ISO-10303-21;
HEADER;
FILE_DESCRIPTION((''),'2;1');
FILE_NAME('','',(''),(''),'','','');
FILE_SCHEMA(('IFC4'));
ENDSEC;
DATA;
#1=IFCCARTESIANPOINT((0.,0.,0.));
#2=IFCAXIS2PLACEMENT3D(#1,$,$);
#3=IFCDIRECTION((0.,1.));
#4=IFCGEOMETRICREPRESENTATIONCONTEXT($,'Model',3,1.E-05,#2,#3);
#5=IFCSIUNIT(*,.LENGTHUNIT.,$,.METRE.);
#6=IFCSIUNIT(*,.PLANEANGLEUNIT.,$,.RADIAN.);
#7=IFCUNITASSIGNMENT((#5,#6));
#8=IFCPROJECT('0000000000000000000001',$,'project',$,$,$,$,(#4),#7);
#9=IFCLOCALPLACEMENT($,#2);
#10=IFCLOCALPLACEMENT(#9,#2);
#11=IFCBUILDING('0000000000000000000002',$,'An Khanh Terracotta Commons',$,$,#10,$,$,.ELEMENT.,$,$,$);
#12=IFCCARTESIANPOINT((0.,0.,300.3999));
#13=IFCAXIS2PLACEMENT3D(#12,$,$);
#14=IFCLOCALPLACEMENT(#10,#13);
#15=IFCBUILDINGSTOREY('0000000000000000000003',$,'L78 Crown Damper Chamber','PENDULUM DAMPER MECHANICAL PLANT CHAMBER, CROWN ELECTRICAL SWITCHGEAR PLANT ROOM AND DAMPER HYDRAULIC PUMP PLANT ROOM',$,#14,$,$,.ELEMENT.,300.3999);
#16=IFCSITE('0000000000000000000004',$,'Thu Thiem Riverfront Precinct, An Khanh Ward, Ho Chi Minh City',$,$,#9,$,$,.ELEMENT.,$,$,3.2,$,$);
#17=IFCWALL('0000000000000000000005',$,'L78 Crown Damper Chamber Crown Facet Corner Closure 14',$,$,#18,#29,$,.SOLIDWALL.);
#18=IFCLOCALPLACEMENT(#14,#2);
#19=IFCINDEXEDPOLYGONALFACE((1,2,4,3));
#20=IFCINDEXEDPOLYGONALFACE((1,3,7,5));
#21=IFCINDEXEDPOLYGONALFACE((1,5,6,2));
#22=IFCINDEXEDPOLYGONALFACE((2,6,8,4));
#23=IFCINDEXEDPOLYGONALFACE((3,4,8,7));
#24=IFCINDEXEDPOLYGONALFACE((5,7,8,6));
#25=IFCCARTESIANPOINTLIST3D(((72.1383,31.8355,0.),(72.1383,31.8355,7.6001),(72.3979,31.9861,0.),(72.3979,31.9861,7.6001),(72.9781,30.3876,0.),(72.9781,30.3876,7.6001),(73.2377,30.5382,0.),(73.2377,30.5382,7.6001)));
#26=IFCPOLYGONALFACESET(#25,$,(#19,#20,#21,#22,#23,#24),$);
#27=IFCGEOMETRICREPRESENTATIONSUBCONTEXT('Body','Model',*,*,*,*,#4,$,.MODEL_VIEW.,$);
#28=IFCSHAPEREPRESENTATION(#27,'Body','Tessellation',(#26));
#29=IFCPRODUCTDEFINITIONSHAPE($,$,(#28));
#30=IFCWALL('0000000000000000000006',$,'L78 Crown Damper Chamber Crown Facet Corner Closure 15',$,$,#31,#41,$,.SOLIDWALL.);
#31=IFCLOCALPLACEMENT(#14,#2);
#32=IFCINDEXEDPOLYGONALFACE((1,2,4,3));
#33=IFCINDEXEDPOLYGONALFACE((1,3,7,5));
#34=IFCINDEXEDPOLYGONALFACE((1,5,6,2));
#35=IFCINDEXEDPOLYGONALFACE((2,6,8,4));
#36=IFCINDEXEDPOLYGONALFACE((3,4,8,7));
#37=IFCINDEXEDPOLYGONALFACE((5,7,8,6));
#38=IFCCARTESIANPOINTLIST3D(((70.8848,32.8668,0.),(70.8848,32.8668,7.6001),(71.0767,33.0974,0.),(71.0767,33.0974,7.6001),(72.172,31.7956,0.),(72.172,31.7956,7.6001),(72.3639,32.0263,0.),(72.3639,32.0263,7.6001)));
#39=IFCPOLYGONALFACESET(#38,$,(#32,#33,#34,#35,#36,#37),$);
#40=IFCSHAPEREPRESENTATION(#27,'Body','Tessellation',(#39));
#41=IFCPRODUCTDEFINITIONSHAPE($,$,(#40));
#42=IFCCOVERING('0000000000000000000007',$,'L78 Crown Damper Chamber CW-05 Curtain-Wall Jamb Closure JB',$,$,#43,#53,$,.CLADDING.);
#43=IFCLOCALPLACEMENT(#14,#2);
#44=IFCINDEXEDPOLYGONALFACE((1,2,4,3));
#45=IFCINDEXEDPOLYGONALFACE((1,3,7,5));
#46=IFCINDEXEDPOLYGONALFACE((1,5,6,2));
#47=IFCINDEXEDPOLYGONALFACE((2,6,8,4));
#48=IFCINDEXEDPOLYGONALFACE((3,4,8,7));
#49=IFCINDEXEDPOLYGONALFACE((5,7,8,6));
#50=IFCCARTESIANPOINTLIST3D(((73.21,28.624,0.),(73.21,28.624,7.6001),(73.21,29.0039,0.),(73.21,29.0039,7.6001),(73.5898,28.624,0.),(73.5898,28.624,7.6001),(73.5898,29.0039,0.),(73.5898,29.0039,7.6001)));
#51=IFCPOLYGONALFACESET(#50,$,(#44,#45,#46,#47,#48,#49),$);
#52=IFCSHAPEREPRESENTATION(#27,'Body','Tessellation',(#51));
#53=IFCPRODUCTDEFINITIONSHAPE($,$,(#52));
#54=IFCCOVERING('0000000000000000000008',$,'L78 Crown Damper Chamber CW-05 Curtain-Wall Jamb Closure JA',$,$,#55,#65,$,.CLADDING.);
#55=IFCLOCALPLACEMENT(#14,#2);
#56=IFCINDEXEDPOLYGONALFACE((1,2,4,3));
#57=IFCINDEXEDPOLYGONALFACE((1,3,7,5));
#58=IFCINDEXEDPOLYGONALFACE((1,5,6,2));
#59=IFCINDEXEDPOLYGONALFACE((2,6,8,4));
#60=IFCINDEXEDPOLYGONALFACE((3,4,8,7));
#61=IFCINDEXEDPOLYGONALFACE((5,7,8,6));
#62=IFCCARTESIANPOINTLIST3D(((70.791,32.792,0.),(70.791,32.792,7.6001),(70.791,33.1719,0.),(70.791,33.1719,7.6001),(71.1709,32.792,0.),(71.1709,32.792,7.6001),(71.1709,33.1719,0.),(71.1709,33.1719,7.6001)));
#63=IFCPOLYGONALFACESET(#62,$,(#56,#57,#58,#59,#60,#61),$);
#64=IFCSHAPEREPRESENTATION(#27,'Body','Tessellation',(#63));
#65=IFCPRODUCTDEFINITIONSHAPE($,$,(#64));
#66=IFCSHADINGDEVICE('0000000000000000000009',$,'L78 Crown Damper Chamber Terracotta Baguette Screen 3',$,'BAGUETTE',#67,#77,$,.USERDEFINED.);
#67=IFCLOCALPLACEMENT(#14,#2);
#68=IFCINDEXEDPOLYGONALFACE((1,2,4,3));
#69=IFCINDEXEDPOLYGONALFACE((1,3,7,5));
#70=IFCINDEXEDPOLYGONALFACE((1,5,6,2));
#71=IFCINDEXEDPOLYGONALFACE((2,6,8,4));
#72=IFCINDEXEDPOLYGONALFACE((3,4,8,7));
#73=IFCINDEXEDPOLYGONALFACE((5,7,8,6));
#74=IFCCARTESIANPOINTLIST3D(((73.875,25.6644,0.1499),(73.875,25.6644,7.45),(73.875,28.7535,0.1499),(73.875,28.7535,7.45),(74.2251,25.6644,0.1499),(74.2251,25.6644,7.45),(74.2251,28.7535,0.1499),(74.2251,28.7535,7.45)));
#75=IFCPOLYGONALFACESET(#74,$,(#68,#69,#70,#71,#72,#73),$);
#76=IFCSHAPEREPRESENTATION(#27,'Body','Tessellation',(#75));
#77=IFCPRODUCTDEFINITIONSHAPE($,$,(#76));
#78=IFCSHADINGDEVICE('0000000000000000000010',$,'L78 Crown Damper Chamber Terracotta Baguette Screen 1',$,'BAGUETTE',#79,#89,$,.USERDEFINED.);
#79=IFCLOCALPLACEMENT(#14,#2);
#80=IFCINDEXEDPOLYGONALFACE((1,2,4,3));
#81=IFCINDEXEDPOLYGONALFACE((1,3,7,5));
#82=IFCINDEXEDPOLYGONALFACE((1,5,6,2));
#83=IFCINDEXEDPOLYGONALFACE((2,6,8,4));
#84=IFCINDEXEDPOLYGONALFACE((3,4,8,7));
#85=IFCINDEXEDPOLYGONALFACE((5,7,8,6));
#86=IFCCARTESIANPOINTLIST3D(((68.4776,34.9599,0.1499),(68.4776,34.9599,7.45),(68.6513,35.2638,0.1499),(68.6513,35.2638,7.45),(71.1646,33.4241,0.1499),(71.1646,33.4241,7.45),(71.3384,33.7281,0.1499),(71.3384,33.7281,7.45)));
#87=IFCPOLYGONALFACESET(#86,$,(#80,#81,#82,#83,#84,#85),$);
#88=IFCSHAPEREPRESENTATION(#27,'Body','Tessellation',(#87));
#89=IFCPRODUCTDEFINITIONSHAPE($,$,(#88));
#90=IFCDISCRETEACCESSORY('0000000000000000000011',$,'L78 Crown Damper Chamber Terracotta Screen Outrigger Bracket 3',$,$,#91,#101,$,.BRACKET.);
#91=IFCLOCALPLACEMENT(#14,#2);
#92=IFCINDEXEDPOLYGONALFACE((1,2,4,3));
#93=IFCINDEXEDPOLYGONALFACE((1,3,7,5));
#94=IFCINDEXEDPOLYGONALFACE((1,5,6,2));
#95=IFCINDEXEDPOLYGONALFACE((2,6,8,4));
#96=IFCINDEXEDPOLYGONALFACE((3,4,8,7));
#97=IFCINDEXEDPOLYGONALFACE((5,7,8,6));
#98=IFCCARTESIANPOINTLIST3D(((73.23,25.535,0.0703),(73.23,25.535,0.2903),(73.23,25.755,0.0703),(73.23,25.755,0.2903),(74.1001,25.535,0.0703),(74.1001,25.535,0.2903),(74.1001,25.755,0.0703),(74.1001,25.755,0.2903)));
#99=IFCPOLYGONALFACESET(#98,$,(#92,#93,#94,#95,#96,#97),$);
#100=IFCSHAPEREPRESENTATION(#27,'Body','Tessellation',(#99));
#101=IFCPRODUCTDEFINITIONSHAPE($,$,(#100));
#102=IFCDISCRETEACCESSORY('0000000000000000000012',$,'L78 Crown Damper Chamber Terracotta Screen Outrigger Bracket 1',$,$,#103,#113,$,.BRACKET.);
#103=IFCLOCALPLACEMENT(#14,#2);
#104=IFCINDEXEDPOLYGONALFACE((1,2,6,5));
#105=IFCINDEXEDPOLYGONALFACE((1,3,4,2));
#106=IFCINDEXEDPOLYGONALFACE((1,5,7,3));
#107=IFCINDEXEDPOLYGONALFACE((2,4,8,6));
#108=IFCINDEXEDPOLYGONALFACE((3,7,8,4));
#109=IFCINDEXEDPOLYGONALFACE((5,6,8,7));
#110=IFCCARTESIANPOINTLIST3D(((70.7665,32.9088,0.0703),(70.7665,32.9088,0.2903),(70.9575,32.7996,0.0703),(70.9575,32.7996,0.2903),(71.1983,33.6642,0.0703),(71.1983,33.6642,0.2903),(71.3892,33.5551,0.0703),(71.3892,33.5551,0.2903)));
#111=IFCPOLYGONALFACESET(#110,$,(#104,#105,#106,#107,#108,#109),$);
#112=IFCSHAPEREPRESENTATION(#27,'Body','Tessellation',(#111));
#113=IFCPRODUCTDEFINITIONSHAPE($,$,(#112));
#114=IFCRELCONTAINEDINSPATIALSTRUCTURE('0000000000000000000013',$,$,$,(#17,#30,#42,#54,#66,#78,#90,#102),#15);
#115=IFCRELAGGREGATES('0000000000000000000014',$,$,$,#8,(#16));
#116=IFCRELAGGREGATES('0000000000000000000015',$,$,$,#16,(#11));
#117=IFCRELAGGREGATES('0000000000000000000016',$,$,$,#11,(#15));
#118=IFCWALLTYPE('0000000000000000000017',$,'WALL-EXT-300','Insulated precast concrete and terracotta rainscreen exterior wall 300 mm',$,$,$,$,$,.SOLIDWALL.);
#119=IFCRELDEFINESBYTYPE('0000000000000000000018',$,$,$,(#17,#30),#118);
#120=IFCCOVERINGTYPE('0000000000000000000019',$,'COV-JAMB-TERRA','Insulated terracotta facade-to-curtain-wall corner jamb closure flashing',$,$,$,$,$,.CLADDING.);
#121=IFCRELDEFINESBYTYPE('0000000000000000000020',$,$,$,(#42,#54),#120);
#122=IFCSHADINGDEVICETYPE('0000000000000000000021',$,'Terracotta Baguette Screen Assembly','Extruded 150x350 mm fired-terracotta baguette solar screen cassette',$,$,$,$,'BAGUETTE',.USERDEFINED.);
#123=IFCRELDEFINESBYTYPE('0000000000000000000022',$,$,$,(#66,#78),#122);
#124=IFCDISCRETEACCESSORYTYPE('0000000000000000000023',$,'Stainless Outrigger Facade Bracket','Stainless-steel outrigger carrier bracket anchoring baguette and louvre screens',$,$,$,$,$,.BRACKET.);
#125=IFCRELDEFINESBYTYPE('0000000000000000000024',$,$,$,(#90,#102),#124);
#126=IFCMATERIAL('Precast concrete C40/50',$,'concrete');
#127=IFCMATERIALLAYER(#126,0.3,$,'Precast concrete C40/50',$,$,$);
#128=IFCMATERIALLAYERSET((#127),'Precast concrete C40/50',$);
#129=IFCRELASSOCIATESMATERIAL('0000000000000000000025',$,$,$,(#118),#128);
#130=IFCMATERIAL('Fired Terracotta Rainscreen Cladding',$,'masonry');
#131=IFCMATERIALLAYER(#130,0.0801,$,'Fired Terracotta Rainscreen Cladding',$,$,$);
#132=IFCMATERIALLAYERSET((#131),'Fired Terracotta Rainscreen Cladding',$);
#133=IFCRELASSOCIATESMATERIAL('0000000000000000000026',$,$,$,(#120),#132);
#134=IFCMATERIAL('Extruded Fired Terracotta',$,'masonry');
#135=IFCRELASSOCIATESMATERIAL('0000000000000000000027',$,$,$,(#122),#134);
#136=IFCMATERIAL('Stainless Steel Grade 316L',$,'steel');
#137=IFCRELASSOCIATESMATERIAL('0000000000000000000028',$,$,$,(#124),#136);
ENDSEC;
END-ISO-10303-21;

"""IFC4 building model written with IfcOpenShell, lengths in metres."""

from ifc_helpers import new_model, si_unit, direction, frame, frame_2d, origin, origin_2d, place, context, subcontext, project, spatial, rectangle, extrude, material, layer, layer_set, type_object, element, save


model = new_model("IFC4")

# Units and contexts
model_context = context("Model", 3, precision=1e-05, world=origin(), true_north=direction((0.0, 1.0)))
body_context = subcontext(model_context, "Body", "Model", "MODEL_VIEW")
ifc_project = project(units=[si_unit("LENGTHUNIT", "METRE"), si_unit("PLANEANGLEUNIT", "RADIAN")], contexts=[model_context])

# Site, building, storey
site_placement = place(None, origin())
site = spatial("IfcSite", under=ifc_project, at=site_placement, Name="Thu Thiem Riverfront Precinct, An Khanh Ward, Ho Chi Minh City", CompositionType="ELEMENT", RefElevation=3.2)
building_placement = place(site_placement, origin())
building = spatial("IfcBuilding", under=site, at=building_placement, Name="An Khanh Terracotta Commons", CompositionType="ELEMENT")
storey_placement = place(building_placement, frame((0.0, 0.0, 300.3999)))
storey = spatial("IfcBuildingStorey", under=building, at=storey_placement, Name="L78 Crown Damper Chamber", Description="PENDULUM DAMPER MECHANICAL PLANT CHAMBER, CROWN ELECTRICAL SWITCHGEAR PLANT ROOM AND DAMPER HYDRAULIC PUMP PLANT ROOM", CompositionType="ELEMENT", Elevation=300.3999)

# Walls
ifc_material_1 = material(Name="Precast concrete C40/50", Category="concrete")
ifc_layer_1 = layer(ifc_material_1, 0.3, Name="Precast concrete C40/50")
ifc_layer_set_1 = layer_set([ifc_layer_1], Name="Precast concrete C40/50")
wall_type = type_object("IfcWallType", Name="WALL-EXT-300", Description="Insulated precast concrete and terracotta rainscreen exterior wall 300 mm", PredefinedType="SOLIDWALL", material=ifc_layer_set_1)
wall_1_placement = place(storey_placement, frame((73.1079, 30.4629, 0.0), z_axis=(0.0, 0.0, 1.0), x_axis=(-0.50172, 0.86503, 0.0)))
element("IfcWall", 1, at=wall_1_placement, inside=storey, type_object=wall_type, Name="L78 Crown Damper Chamber Crown Facet Corner Closure 14", PredefinedType="SOLIDWALL", context=body_context, shape_type="SweptSolid", body=[
    extrude(rectangle(XDim=1.6738, YDim=0.3, at=frame_2d((0.8369, 0.0))), origin(), (0.0, 0.0, 1.0), 7.6001),
])
wall_2_placement = place(storey_placement, frame((72.2681, 31.9109, 0.0), z_axis=(0.0, 0.0, 1.0), x_axis=(-0.768675, 0.639639, 0.0)))
element("IfcWall", 2, at=wall_2_placement, inside=storey, type_object=wall_type, Name="L78 Crown Damper Chamber Crown Facet Corner Closure 15", PredefinedType="SOLIDWALL", context=body_context, shape_type="SweptSolid", body=[
    extrude(rectangle(XDim=1.6746, YDim=0.3, at=frame_2d((0.8374, 0.0))), origin(), (0.0, 0.0, 1.0), 7.6001),
])

# Coverings
ifc_material_2 = material(Name="Fired Terracotta Rainscreen Cladding", Category="masonry")
ifc_layer_2 = layer(ifc_material_2, 0.0801, Name="Fired Terracotta Rainscreen Cladding")
ifc_layer_set_2 = layer_set([ifc_layer_2], Name="Fired Terracotta Rainscreen Cladding")
covering_type = type_object("IfcCoveringType", Name="COV-JAMB-TERRA", Description="Insulated terracotta facade-to-curtain-wall corner jamb closure flashing", PredefinedType="CLADDING", material=ifc_layer_set_2)
for number, where, z_axis, x_axis, name in (
    (3, (73.3999, 28.814, 0.0), (0.0, 0.0, 1.0), (1.0, 0.0, 0.0), "L78 Crown Damper Chamber CW-05 Curtain-Wall Jamb Closure JB"),
    (4, (70.981, 32.9819, 0.0), (0.0, 0.0, 1.0), (1.0, 0.0, 0.0), "L78 Crown Damper Chamber CW-05 Curtain-Wall Jamb Closure JA"),
):
    element("IfcCovering", number, at=place(storey_placement, frame(where, z_axis=z_axis, x_axis=x_axis)), inside=storey, type_object=covering_type, Name=name, PredefinedType="CLADDING", context=body_context, shape_type="SweptSolid", body=[
        extrude(rectangle(XDim=0.3799, YDim=0.3799, at=origin_2d()), origin(), (0.0, 0.0, 1.0), 7.6001),
    ])

# Shading devices
ifc_material_3 = material(Name="Extruded Fired Terracotta", Category="masonry")
shading_device_type = type_object("IfcShadingDeviceType", Name="Terracotta Baguette Screen Assembly", Description="Extruded 150x350 mm fired-terracotta baguette solar screen cassette", ElementType="BAGUETTE", PredefinedType="USERDEFINED", material=ifc_material_3)
shading_device_1_placement = place(storey_placement, frame((74.05, 27.209, 0.1499), z_axis=(0.0, 0.0, 1.0), x_axis=(0.0, 1.0, 0.0)))
element("IfcShadingDevice", 5, at=shading_device_1_placement, inside=storey, type_object=shading_device_type, Name="L78 Crown Damper Chamber Terracotta Baguette Screen 3", ObjectType="BAGUETTE", PredefinedType="USERDEFINED", context=body_context, shape_type="SweptSolid", body=[
    extrude(rectangle(XDim=3.0891, YDim=0.3501, at=origin_2d()), origin(), (0.0, 0.0, 1.0), 7.3),
])
shading_device_2_placement = place(storey_placement, frame((69.908, 34.344, 0.1499), z_axis=(0.0, 0.0, 1.0), x_axis=(-0.868205, 0.496206, 0.0)))
element("IfcShadingDevice", 6, at=shading_device_2_placement, inside=storey, type_object=shading_device_type, Name="L78 Crown Damper Chamber Terracotta Baguette Screen 1", ObjectType="BAGUETTE", PredefinedType="USERDEFINED", context=body_context, shape_type="SweptSolid", body=[
    extrude(rectangle(XDim=3.095, YDim=0.3501, at=origin_2d()), origin(), (0.0, 0.0, 1.0), 7.3),
])

# Discrete accessories
ifc_material_4 = material(Name="Stainless Steel Grade 316L", Category="steel")
discrete_accessory_type = type_object("IfcDiscreteAccessoryType", Name="Stainless Outrigger Facade Bracket", Description="Stainless-steel outrigger carrier bracket anchoring baguette and louvre screens", PredefinedType="BRACKET", material=ifc_material_4)
for number, where, z_axis, x_axis, name in (
    (7, (73.665, 25.645, 0.0703), (0.0, 0.0, 1.0), (0.0, 1.0, 0.0), "L78 Crown Damper Chamber Terracotta Screen Outrigger Bracket 3"),
    (8, (71.0779, 33.2319, 0.0703), (0.0, 0.0, 1.0), (-0.868205, 0.496206, 0.0), "L78 Crown Damper Chamber Terracotta Screen Outrigger Bracket 1"),
):
    element("IfcDiscreteAccessory", number, at=place(storey_placement, frame(where, z_axis=z_axis, x_axis=x_axis)), inside=storey, type_object=discrete_accessory_type, Name=name, PredefinedType="BRACKET", context=body_context, shape_type="SweptSolid", body=[
        extrude(rectangle(XDim=0.22, YDim=0.8701, at=origin_2d()), origin(), (0.0, 0.0, 1.0), 0.22),
    ])

save(model, "model.ifc")
